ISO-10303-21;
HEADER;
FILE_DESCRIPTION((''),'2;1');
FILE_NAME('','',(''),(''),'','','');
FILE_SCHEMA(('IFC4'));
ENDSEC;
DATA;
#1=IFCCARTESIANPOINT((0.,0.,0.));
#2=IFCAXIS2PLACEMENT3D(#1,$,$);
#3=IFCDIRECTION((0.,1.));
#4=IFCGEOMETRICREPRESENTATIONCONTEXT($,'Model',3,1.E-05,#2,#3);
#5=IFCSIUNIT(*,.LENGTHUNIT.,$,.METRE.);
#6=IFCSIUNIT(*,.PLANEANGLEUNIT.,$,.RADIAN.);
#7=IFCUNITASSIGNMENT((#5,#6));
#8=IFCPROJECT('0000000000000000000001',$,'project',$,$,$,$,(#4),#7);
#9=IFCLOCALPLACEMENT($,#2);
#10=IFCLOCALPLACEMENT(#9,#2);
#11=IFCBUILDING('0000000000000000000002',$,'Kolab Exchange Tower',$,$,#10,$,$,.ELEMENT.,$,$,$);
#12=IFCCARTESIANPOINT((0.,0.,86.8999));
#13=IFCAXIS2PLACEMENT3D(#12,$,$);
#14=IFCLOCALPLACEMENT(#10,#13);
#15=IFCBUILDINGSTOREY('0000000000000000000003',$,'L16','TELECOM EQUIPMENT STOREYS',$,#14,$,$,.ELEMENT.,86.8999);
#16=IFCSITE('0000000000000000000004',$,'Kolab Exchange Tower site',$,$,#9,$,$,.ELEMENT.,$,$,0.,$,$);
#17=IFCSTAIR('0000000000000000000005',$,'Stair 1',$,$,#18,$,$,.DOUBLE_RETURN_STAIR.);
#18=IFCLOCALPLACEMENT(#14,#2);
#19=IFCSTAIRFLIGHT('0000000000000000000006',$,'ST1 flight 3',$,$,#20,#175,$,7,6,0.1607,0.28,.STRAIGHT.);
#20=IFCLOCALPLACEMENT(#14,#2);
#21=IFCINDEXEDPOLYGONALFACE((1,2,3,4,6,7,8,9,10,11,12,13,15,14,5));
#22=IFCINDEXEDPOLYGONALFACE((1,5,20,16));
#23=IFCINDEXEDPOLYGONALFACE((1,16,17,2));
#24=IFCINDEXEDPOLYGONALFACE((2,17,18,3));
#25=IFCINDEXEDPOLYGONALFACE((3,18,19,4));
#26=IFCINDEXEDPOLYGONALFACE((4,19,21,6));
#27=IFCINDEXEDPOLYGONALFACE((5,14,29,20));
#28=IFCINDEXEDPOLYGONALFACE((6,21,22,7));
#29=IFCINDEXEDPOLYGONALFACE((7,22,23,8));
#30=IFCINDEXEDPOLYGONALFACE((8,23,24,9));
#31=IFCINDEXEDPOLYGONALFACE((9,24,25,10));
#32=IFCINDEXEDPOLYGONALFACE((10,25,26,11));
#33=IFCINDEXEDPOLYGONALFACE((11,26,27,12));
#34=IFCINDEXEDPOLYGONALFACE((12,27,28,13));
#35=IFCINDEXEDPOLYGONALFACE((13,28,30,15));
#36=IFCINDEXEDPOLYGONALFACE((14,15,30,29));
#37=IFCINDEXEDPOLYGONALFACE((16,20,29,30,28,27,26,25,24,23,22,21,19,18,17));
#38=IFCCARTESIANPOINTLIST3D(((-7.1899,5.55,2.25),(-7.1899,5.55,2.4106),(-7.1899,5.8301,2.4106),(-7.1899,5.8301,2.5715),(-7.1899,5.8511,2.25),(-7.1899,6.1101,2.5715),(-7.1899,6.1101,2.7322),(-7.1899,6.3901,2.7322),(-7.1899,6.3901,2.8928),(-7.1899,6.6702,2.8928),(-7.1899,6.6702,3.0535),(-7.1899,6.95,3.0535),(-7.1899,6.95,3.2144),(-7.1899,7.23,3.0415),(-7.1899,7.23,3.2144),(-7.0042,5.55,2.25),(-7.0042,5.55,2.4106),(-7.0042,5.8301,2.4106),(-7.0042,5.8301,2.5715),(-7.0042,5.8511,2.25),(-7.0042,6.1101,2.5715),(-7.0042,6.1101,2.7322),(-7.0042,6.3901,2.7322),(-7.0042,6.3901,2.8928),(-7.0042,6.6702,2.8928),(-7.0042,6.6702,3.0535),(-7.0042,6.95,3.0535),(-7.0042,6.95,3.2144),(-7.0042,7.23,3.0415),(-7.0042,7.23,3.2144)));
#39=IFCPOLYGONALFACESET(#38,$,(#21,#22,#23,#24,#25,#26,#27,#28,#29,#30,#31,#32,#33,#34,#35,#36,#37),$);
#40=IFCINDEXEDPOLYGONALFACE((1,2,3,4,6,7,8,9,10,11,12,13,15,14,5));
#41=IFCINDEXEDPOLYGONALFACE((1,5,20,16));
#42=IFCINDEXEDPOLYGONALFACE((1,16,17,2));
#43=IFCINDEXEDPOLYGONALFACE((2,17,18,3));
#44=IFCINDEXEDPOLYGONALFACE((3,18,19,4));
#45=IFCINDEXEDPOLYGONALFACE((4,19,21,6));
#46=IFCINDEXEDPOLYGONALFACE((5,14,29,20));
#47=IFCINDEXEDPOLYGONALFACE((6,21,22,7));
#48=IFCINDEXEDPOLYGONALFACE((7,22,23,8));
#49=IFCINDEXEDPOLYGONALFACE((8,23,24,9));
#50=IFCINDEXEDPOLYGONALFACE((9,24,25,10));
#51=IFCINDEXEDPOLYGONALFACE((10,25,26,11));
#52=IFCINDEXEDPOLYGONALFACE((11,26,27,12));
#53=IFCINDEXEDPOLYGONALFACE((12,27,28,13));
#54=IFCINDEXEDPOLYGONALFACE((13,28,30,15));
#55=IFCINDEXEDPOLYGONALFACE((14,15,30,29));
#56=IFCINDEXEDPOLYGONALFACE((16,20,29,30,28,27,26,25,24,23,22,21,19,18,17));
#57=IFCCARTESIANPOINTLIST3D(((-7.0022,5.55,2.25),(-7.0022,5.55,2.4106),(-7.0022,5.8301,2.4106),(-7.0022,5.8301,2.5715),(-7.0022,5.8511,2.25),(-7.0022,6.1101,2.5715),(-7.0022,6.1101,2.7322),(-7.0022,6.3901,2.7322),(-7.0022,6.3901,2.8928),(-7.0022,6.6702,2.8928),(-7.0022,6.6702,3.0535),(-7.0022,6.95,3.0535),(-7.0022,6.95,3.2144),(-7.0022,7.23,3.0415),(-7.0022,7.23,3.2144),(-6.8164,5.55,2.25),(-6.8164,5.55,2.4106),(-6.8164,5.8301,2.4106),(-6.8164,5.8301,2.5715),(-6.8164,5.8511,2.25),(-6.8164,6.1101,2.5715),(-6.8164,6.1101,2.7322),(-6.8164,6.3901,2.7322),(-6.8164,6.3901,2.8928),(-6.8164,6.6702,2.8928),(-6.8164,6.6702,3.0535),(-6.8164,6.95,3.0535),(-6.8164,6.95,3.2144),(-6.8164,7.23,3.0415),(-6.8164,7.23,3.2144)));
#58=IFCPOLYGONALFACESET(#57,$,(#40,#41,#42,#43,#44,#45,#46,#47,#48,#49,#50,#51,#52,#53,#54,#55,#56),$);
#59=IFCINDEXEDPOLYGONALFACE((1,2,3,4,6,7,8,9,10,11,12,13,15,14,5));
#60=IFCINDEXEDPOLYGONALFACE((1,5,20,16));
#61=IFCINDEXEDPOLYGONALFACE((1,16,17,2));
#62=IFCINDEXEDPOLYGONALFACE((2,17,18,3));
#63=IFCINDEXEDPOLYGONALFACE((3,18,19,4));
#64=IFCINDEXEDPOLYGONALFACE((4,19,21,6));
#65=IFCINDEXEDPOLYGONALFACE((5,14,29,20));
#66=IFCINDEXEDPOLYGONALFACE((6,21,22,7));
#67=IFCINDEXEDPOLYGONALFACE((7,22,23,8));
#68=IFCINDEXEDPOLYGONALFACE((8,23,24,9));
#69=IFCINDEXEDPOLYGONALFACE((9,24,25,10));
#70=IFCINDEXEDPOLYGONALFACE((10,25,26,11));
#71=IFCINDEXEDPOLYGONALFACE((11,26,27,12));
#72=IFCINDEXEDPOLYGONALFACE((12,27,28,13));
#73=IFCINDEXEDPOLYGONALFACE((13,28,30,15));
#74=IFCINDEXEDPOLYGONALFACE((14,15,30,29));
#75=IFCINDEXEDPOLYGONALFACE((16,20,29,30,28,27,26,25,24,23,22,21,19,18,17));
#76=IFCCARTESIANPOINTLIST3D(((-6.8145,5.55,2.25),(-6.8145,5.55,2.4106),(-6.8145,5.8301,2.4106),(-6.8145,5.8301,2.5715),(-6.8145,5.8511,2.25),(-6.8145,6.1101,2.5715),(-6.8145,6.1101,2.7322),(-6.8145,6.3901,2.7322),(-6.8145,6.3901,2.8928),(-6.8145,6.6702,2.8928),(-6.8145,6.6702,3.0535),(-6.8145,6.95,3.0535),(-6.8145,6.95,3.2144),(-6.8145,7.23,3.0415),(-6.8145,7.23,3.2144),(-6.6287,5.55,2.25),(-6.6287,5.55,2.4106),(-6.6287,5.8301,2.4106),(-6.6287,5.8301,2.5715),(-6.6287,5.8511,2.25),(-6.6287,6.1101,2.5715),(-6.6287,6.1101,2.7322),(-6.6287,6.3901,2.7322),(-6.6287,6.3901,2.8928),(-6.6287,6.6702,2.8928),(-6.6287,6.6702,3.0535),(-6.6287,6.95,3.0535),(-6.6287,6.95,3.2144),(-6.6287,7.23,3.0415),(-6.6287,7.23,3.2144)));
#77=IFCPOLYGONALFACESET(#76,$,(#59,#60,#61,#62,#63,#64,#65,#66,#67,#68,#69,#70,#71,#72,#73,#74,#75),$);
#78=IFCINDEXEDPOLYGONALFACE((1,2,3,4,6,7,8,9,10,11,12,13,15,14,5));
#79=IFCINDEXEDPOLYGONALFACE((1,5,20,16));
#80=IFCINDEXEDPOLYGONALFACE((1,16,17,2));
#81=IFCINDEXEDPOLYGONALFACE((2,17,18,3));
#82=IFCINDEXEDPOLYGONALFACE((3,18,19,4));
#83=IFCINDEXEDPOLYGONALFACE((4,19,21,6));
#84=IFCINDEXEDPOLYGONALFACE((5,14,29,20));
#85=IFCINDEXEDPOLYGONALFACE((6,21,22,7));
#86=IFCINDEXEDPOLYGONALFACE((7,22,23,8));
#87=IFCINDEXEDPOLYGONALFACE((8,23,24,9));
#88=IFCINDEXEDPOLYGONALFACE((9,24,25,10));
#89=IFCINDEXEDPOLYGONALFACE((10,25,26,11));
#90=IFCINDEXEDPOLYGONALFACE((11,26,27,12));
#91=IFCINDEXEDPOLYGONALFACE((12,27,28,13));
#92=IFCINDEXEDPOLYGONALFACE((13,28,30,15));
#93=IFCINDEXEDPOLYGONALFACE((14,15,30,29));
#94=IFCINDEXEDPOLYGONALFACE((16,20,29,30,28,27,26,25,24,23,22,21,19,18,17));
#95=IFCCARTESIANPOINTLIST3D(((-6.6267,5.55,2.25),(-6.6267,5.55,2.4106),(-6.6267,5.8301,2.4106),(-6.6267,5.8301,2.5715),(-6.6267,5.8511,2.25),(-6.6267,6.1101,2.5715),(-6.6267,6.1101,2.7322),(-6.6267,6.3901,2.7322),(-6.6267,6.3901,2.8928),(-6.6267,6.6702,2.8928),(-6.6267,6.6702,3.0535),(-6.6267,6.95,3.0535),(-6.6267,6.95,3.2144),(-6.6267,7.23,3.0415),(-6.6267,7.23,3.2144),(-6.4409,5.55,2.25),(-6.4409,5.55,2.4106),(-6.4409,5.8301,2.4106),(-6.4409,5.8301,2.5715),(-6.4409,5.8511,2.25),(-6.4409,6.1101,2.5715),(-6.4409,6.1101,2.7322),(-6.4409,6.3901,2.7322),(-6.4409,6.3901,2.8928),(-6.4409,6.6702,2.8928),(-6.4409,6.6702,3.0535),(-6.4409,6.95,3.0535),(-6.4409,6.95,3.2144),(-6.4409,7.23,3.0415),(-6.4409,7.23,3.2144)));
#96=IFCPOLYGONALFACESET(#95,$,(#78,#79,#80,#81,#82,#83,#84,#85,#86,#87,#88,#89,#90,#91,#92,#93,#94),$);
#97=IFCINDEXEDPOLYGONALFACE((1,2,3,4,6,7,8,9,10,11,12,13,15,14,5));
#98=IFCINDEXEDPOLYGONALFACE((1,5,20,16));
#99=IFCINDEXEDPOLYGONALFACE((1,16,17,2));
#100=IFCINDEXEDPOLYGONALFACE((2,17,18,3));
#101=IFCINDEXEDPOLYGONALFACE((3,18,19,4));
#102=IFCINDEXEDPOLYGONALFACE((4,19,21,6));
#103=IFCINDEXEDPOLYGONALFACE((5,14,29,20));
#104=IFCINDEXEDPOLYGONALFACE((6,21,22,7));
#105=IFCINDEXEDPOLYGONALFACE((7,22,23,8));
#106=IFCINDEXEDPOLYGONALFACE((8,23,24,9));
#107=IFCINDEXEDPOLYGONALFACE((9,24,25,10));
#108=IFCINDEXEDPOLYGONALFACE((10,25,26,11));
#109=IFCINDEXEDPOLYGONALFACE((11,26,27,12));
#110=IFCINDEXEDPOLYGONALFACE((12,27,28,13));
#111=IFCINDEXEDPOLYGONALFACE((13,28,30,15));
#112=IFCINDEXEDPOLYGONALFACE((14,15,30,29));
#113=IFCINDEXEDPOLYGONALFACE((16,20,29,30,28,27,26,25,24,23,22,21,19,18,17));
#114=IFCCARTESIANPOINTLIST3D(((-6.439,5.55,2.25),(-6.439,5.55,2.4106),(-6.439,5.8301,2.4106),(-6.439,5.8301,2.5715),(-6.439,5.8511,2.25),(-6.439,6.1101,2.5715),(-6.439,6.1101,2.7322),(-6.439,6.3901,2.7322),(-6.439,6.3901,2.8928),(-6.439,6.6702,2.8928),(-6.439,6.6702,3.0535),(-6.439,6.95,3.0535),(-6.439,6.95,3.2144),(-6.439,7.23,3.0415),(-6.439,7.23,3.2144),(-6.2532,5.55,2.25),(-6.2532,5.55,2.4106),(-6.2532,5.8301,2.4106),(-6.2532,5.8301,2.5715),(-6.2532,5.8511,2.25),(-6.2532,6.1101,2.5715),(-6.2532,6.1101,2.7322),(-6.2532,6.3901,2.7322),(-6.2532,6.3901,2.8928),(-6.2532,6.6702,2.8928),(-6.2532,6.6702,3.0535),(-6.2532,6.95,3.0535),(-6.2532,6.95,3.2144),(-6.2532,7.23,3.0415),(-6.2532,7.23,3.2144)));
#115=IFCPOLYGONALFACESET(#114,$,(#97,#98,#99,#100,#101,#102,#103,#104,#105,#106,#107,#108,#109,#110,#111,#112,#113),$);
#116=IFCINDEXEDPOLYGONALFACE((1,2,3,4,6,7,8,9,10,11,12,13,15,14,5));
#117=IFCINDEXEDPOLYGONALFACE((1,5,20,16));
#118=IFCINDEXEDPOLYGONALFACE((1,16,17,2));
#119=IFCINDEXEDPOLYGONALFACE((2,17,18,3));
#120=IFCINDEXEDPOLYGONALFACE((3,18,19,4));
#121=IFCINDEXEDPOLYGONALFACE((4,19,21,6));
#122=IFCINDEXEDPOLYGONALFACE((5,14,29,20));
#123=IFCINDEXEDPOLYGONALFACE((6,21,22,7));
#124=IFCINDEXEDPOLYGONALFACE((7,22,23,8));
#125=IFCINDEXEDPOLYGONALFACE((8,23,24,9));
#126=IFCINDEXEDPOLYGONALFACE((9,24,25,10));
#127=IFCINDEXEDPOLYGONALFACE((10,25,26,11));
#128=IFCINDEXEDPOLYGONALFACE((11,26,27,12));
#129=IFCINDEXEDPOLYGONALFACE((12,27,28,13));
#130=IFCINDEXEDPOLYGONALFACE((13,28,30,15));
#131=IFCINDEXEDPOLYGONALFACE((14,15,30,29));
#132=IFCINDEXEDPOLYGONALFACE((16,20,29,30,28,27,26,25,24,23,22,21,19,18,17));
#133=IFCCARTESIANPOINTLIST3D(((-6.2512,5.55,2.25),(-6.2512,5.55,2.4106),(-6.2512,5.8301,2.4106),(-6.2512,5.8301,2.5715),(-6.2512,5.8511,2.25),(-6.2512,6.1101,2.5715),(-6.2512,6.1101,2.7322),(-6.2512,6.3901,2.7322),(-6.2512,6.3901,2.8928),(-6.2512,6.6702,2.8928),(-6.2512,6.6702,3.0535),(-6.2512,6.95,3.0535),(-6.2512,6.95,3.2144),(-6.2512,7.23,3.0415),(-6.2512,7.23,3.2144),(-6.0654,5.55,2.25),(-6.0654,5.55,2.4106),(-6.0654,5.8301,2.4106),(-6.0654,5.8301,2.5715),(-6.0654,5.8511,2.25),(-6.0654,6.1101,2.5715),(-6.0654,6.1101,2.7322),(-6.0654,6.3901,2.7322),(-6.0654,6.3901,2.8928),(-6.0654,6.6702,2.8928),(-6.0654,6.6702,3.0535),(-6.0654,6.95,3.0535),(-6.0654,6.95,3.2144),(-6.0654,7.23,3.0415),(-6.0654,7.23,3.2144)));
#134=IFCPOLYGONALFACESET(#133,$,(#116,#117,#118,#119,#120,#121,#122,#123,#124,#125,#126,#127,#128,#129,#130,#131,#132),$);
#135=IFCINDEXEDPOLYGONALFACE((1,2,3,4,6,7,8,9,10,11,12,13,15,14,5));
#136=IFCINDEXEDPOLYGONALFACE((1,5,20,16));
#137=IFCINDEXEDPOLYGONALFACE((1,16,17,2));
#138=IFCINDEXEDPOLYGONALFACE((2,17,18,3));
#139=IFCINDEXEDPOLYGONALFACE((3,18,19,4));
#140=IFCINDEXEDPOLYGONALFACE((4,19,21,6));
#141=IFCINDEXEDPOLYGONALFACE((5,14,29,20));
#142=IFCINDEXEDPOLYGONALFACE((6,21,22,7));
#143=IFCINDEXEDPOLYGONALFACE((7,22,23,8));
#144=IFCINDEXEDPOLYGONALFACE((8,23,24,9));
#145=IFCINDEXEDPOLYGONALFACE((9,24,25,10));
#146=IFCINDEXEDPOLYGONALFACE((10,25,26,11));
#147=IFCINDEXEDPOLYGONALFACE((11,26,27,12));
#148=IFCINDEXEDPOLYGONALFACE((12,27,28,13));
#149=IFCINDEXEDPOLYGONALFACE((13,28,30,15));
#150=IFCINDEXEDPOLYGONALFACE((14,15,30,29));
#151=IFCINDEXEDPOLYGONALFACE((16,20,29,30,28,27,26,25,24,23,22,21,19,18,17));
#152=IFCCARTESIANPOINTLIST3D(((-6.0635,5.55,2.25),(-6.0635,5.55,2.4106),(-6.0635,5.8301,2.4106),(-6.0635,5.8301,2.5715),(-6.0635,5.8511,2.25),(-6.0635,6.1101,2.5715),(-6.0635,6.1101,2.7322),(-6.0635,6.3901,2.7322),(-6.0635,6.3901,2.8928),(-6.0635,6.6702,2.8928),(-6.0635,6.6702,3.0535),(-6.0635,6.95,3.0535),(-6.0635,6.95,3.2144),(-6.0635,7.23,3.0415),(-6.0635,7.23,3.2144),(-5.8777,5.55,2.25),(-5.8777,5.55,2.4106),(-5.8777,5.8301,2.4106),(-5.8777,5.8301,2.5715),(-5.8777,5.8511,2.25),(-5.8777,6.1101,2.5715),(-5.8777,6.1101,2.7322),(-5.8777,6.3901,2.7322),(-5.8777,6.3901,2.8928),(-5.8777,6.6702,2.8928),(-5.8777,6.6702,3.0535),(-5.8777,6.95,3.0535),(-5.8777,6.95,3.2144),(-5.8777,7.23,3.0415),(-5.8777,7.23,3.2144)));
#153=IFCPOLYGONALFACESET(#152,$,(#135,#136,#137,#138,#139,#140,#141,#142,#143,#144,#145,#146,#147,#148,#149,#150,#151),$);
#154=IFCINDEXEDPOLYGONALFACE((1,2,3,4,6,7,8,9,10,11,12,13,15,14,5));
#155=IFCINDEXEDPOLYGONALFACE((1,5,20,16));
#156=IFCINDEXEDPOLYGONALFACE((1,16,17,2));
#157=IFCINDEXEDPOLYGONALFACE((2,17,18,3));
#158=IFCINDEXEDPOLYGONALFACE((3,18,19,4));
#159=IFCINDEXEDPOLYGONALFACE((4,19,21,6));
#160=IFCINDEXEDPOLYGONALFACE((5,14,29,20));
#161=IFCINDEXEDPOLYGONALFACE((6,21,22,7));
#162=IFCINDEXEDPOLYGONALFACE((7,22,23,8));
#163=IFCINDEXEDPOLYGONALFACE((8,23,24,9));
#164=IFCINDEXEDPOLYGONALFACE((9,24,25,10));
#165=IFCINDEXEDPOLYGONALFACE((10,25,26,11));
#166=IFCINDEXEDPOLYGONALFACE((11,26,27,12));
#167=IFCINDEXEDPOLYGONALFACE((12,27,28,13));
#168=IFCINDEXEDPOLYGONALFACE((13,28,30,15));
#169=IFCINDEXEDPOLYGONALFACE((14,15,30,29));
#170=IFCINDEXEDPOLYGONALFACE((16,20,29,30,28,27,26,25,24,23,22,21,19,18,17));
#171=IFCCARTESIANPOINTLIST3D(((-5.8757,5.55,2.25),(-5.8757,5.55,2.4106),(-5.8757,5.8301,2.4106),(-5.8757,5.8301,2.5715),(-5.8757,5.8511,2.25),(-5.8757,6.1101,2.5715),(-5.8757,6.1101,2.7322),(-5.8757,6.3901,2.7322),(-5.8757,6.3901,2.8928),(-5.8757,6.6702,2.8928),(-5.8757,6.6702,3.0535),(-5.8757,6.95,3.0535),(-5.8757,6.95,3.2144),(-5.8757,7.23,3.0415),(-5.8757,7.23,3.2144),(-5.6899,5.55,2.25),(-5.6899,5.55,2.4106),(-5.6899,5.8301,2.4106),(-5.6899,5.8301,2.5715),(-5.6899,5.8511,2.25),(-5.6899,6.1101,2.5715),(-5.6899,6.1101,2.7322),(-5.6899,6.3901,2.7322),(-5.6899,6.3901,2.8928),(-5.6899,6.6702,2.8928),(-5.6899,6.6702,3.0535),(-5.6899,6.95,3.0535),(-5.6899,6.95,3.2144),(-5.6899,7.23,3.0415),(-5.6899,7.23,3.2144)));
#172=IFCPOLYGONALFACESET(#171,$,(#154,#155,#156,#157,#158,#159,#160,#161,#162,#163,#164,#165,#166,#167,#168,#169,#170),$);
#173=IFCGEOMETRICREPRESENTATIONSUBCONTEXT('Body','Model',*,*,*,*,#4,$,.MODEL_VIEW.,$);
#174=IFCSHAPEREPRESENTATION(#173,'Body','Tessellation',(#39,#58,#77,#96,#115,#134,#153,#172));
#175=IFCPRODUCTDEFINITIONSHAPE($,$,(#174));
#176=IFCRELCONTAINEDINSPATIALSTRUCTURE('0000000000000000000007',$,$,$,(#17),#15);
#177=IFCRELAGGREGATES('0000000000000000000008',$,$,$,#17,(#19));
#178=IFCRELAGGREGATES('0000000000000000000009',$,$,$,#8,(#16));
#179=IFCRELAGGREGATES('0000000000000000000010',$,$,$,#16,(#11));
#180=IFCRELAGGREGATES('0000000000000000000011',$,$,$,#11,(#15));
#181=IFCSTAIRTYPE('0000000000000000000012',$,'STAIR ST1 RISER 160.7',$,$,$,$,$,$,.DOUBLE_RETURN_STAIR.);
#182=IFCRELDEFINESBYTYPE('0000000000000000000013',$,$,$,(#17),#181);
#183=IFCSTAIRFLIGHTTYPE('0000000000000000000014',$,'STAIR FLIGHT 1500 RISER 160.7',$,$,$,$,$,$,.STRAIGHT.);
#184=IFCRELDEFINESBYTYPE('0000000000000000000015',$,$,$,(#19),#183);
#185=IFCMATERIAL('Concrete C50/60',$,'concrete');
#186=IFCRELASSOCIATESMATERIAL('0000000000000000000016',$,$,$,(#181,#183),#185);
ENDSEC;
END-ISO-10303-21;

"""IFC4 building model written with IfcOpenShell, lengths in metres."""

from ifc_helpers import new_model, si_unit, direction, frame, origin, place, context, subcontext, project, spatial, polyline, outline, extrude, material, type_object, element, aggregate, save


model = new_model("IFC4")

# Units and contexts
model_context = context("Model", 3, precision=1e-05, world=origin(), true_north=direction((0.0, 1.0)))
body_context = subcontext(model_context, "Body", "Model", "MODEL_VIEW")
ifc_project = project(units=[si_unit("LENGTHUNIT", "METRE"), si_unit("PLANEANGLEUNIT", "RADIAN")], contexts=[model_context])

# Site, building, storey
site_placement = place(None, origin())
site = spatial("IfcSite", under=ifc_project, at=site_placement, Name="Kolab Exchange Tower site", CompositionType="ELEMENT", RefElevation=0.0)
building_placement = place(site_placement, origin())
building = spatial("IfcBuilding", under=site, at=building_placement, Name="Kolab Exchange Tower", CompositionType="ELEMENT")
storey_placement = place(building_placement, frame((0.0, 0.0, 86.8999)))
storey = spatial("IfcBuildingStorey", under=building, at=storey_placement, Name="L16", Description="TELECOM EQUIPMENT STOREYS", CompositionType="ELEMENT", Elevation=86.8999)

# Shared definitions
ifc_material_1 = material(Name="Concrete C50/60", Category="concrete")

# Stair, stair flight
stair_type = type_object("IfcStairType", Name="STAIR ST1 RISER 160.7", PredefinedType="DOUBLE_RETURN_STAIR", material=ifc_material_1)
stair_placement = place(storey_placement, origin())
stair = element("IfcStair", 1, at=stair_placement, inside=storey, type_object=stair_type, Name="Stair 1", PredefinedType="DOUBLE_RETURN_STAIR")
stair_flight_type = type_object("IfcStairFlightType", Name="STAIR FLIGHT 1500 RISER 160.7", PredefinedType="STRAIGHT", material=ifc_material_1)
stair_flight_1_placement = place(storey_placement, frame((-6.4399, 5.55, 2.25), z_axis=(0.0, 0.0, 1.0), x_axis=(0.0, 1.0, 0.0)))
stair_flight_1 = element("IfcStairFlight", 2, at=stair_flight_1_placement, type_object=stair_flight_type, Name="ST1 flight 3", NumberOfRisers=7, NumberOfTreads=6, PredefinedType="STRAIGHT", RiserHeight=0.1607, TreadLength=0.28, context=body_context, shape_type="SweptSolid", body=[
    extrude(outline(polyline([(0.0, 0.0), (0.0, 0.1606), (0.28, 0.1606), (0.28, 0.3215), (0.5601, 0.3215), (0.5601, 0.4822), (0.8401, 0.4822), (0.8401, 0.6428), (1.1201, 0.6428), (1.1201, 0.8035), (1.3999, 0.8035), (1.3999, 0.9644), (1.6799, 0.9644), (1.6799, 1.125), (1.6799, 0.7915), (0.301, 0.0), (0.0, 0.0)])), frame((0.0, 0.75, 0.0), z_axis=(0.0, -1.0, 0.0), x_axis=(1.0, 0.0, 0.0)), (0.0, 0.0, 1.0), 0.1858),
    extrude(outline(polyline([(0.0, 0.0), (0.0, 0.1606), (0.28, 0.1606), (0.28, 0.3215), (0.5601, 0.3215), (0.5601, 0.4822), (0.8401, 0.4822), (0.8401, 0.6428), (1.1201, 0.6428), (1.1201, 0.8035), (1.3999, 0.8035), (1.3999, 0.9644), (1.6799, 0.9644), (1.6799, 1.125), (1.6799, 0.7915), (0.301, 0.0), (0.0, 0.0)])), frame((0.0, 0.5623, 0.0), z_axis=(0.0, -1.0, 0.0), x_axis=(1.0, 0.0, 0.0)), (0.0, 0.0, 1.0), 0.1858),
    extrude(outline(polyline([(0.0, 0.0), (0.0, 0.1606), (0.28, 0.1606), (0.28, 0.3215), (0.5601, 0.3215), (0.5601, 0.4822), (0.8401, 0.4822), (0.8401, 0.6428), (1.1201, 0.6428), (1.1201, 0.8035), (1.3999, 0.8035), (1.3999, 0.9644), (1.6799, 0.9644), (1.6799, 1.125), (1.6799, 0.7915), (0.301, 0.0), (0.0, 0.0)])), frame((0.0, 0.3745, 0.0), z_axis=(0.0, -1.0, 0.0), x_axis=(1.0, 0.0, 0.0)), (0.0, 0.0, 1.0), 0.1858),
    extrude(outline(polyline([(0.0, 0.0), (0.0, 0.1606), (0.28, 0.1606), (0.28, 0.3215), (0.5601, 0.3215), (0.5601, 0.4822), (0.8401, 0.4822), (0.8401, 0.6428), (1.1201, 0.6428), (1.1201, 0.8035), (1.3999, 0.8035), (1.3999, 0.9644), (1.6799, 0.9644), (1.6799, 1.125), (1.6799, 0.7915), (0.301, 0.0), (0.0, 0.0)])), frame((0.0, 0.1868, 0.0), z_axis=(0.0, -1.0, 0.0), x_axis=(1.0, 0.0, 0.0)), (0.0, 0.0, 1.0), 0.1858),
    extrude(outline(polyline([(0.0, 0.0), (0.0, 0.1606), (0.28, 0.1606), (0.28, 0.3215), (0.5601, 0.3215), (0.5601, 0.4822), (0.8401, 0.4822), (0.8401, 0.6428), (1.1201, 0.6428), (1.1201, 0.8035), (1.3999, 0.8035), (1.3999, 0.9644), (1.6799, 0.9644), (1.6799, 1.125), (1.6799, 0.7915), (0.301, 0.0), (0.0, 0.0)])), frame((0.0, -0.001, 0.0), z_axis=(0.0, -1.0, 0.0), x_axis=(1.0, 0.0, 0.0)), (0.0, 0.0, 1.0), 0.1858),
    extrude(outline(polyline([(0.0, 0.0), (0.0, 0.1606), (0.28, 0.1606), (0.28, 0.3215), (0.5601, 0.3215), (0.5601, 0.4822), (0.8401, 0.4822), (0.8401, 0.6428), (1.1201, 0.6428), (1.1201, 0.8035), (1.3999, 0.8035), (1.3999, 0.9644), (1.6799, 0.9644), (1.6799, 1.125), (1.6799, 0.7915), (0.301, 0.0), (0.0, 0.0)])), frame((0.0, -0.1887, 0.0), z_axis=(0.0, -1.0, 0.0), x_axis=(1.0, 0.0, 0.0)), (0.0, 0.0, 1.0), 0.1858),
    extrude(outline(polyline([(0.0, 0.0), (0.0, 0.1606), (0.28, 0.1606), (0.28, 0.3215), (0.5601, 0.3215), (0.5601, 0.4822), (0.8401, 0.4822), (0.8401, 0.6428), (1.1201, 0.6428), (1.1201, 0.8035), (1.3999, 0.8035), (1.3999, 0.9644), (1.6799, 0.9644), (1.6799, 1.125), (1.6799, 0.7915), (0.301, 0.0), (0.0, 0.0)])), frame((0.0, -0.3765, 0.0), z_axis=(0.0, -1.0, 0.0), x_axis=(1.0, 0.0, 0.0)), (0.0, 0.0, 1.0), 0.1858),
    extrude(outline(polyline([(0.0, 0.0), (0.0, 0.1606), (0.28, 0.1606), (0.28, 0.3215), (0.5601, 0.3215), (0.5601, 0.4822), (0.8401, 0.4822), (0.8401, 0.6428), (1.1201, 0.6428), (1.1201, 0.8035), (1.3999, 0.8035), (1.3999, 0.9644), (1.6799, 0.9644), (1.6799, 1.125), (1.6799, 0.7915), (0.301, 0.0), (0.0, 0.0)])), frame((0.0, -0.5642, 0.0), z_axis=(0.0, -1.0, 0.0), x_axis=(1.0, 0.0, 0.0)), (0.0, 0.0, 1.0), 0.1858),
])
aggregate(stair, [stair_flight_1])

save(model, "model.ifc")
